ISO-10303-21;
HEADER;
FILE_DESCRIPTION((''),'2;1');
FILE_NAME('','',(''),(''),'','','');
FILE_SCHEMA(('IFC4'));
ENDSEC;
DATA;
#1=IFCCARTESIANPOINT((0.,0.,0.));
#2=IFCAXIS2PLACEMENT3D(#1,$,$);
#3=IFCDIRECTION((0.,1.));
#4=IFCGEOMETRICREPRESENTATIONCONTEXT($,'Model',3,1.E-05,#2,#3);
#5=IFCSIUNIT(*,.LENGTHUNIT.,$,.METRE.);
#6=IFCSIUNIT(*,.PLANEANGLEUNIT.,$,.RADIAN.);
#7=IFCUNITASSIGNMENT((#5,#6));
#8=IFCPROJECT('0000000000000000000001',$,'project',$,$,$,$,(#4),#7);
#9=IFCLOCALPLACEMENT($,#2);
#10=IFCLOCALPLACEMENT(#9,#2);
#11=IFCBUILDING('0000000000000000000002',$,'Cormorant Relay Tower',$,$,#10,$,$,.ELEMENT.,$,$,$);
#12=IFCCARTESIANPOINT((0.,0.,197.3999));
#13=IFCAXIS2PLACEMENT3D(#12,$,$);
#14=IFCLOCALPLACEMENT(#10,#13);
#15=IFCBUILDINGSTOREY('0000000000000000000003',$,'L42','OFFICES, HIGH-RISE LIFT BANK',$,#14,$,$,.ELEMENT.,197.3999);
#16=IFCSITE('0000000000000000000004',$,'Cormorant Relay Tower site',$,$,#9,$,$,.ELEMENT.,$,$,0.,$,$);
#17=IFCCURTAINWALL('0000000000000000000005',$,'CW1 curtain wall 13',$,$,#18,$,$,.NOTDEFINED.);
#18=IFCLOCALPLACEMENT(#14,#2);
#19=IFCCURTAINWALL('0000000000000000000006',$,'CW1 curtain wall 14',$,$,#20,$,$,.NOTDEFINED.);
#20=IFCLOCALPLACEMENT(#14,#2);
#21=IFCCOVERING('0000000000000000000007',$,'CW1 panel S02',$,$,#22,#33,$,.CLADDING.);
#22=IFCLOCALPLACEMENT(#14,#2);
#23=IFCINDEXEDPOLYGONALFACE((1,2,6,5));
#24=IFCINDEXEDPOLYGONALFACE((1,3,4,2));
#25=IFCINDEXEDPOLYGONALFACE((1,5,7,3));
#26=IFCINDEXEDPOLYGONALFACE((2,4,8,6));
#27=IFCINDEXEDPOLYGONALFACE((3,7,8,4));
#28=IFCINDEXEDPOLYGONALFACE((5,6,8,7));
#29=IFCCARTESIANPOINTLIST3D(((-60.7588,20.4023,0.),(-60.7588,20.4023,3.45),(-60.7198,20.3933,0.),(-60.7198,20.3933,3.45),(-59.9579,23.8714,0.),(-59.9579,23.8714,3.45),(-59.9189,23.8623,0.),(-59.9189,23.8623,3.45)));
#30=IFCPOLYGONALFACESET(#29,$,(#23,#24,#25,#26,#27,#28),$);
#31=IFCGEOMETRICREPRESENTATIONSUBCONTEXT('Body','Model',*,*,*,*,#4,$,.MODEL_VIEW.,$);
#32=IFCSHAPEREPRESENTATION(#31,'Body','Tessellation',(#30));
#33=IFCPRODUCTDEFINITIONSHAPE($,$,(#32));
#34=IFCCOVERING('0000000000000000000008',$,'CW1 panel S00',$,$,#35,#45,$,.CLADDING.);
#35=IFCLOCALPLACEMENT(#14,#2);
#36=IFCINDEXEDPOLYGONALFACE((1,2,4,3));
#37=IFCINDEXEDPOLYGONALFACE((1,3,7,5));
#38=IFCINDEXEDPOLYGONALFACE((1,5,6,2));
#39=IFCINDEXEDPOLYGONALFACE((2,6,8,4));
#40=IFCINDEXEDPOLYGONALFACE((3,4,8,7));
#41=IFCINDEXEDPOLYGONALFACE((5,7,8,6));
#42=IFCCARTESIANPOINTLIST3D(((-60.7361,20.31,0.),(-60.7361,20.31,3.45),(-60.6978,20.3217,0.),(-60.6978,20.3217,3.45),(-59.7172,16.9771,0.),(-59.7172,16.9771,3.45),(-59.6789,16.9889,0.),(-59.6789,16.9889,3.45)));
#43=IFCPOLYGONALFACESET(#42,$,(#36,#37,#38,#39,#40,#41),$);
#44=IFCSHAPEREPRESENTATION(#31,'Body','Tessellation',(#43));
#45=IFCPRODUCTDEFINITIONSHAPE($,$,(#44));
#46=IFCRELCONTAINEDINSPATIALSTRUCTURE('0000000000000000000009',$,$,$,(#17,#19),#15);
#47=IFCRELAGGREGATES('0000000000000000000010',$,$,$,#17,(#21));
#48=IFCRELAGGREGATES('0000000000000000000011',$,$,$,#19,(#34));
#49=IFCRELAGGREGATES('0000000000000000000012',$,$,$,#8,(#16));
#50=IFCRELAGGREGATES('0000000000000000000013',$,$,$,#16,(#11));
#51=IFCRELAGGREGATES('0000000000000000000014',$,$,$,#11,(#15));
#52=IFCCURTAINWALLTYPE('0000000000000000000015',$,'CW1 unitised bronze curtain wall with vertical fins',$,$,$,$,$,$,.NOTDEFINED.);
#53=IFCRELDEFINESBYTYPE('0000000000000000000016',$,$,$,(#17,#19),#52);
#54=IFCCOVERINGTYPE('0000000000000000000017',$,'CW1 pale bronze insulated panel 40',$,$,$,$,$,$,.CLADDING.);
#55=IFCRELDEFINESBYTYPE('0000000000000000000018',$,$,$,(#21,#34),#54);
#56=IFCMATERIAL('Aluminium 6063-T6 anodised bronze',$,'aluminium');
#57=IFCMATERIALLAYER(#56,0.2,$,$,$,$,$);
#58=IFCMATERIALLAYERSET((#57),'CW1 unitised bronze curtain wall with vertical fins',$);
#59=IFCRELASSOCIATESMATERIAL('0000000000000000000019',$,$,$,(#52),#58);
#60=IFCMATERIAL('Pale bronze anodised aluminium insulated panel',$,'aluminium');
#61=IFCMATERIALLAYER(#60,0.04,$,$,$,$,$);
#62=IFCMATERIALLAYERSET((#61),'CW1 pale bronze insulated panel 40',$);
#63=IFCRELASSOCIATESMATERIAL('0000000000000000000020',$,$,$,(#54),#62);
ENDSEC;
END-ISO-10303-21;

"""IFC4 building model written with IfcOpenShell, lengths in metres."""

from ifc_helpers import new_model, si_unit, direction, frame, origin, origin_2d, place, context, subcontext, project, spatial, rectangle, extrude, material, layer, layer_set, type_object, element, aggregate, save


model = new_model("IFC4")

# Units and contexts
model_context = context("Model", 3, precision=1e-05, world=origin(), true_north=direction((0.0, 1.0)))
body_context = subcontext(model_context, "Body", "Model", "MODEL_VIEW")
ifc_project = project(units=[si_unit("LENGTHUNIT", "METRE"), si_unit("PLANEANGLEUNIT", "RADIAN")], contexts=[model_context])

# Site, building, storey
site_placement = place(None, origin())
site = spatial("IfcSite", under=ifc_project, at=site_placement, Name="Cormorant Relay Tower site", CompositionType="ELEMENT", RefElevation=0.0)
building_placement = place(site_placement, origin())
building = spatial("IfcBuilding", under=site, at=building_placement, Name="Cormorant Relay Tower", CompositionType="ELEMENT")
storey_placement = place(building_placement, frame((0.0, 0.0, 197.3999)))
storey = spatial("IfcBuildingStorey", under=building, at=storey_placement, Name="L42", Description="OFFICES, HIGH-RISE LIFT BANK", CompositionType="ELEMENT", Elevation=197.3999)

# Curtain walls
ifc_material_1 = material(Name="Aluminium 6063-T6 anodised bronze", Category="aluminium")
ifc_layer_1 = layer(ifc_material_1, 0.2)
ifc_layer_set_1 = layer_set([ifc_layer_1], Name="CW1 unitised bronze curtain wall with vertical fins")
curtain_wall_type = type_object("IfcCurtainWallType", Name="CW1 unitised bronze curtain wall with vertical fins", PredefinedType="NOTDEFINED", material=ifc_layer_set_1)
curtain_wall_1_placement = place(storey_placement, origin())
curtain_wall_1 = element("IfcCurtainWall", 1, at=curtain_wall_1_placement, inside=storey, type_object=curtain_wall_type, Name="CW1 curtain wall 13", PredefinedType="NOTDEFINED")
curtain_wall_2_placement = place(storey_placement, origin())
curtain_wall_2 = element("IfcCurtainWall", 2, at=curtain_wall_2_placement, inside=storey, type_object=curtain_wall_type, Name="CW1 curtain wall 14", PredefinedType="NOTDEFINED")

# Coverings
ifc_material_2 = material(Name="Pale bronze anodised aluminium insulated panel", Category="aluminium")
ifc_layer_2 = layer(ifc_material_2, 0.04)
ifc_layer_set_2 = layer_set([ifc_layer_2], Name="CW1 pale bronze insulated panel 40")
covering_type = type_object("IfcCoveringType", Name="CW1 pale bronze insulated panel 40", PredefinedType="CLADDING", material=ifc_layer_set_2)
covering_1_placement = place(storey_placement, frame((-60.3389, 22.1323, 0.0), z_axis=(0.0, 0.0, 1.0), x_axis=(-0.224951, -0.97437, 0.0)))
covering_1 = element("IfcCovering", 3, at=covering_1_placement, type_object=covering_type, Name="CW1 panel S02", PredefinedType="CLADDING", context=body_context, shape_type="SweptSolid", body=[
    extrude(rectangle(XDim=3.5603, YDim=0.04, at=origin_2d()), origin(), (0.0, 0.0, 1.0), 3.45),
])
aggregate(curtain_wall_1, [covering_1])
covering_2_placement = place(storey_placement, frame((-60.2075, 18.6494, 0.0), z_axis=(0.0, 0.0, 1.0), x_axis=(0.292372, -0.956305, 0.0)))
covering_2 = element("IfcCovering", 4, at=covering_2_placement, type_object=covering_type, Name="CW1 panel S00", PredefinedType="CLADDING", context=body_context, shape_type="SweptSolid", body=[
    extrude(rectangle(XDim=3.4851, YDim=0.04, at=origin_2d()), origin(), (0.0, 0.0, 1.0), 3.45),
])
aggregate(curtain_wall_2, [covering_2])

save(model, "model.ifc")
